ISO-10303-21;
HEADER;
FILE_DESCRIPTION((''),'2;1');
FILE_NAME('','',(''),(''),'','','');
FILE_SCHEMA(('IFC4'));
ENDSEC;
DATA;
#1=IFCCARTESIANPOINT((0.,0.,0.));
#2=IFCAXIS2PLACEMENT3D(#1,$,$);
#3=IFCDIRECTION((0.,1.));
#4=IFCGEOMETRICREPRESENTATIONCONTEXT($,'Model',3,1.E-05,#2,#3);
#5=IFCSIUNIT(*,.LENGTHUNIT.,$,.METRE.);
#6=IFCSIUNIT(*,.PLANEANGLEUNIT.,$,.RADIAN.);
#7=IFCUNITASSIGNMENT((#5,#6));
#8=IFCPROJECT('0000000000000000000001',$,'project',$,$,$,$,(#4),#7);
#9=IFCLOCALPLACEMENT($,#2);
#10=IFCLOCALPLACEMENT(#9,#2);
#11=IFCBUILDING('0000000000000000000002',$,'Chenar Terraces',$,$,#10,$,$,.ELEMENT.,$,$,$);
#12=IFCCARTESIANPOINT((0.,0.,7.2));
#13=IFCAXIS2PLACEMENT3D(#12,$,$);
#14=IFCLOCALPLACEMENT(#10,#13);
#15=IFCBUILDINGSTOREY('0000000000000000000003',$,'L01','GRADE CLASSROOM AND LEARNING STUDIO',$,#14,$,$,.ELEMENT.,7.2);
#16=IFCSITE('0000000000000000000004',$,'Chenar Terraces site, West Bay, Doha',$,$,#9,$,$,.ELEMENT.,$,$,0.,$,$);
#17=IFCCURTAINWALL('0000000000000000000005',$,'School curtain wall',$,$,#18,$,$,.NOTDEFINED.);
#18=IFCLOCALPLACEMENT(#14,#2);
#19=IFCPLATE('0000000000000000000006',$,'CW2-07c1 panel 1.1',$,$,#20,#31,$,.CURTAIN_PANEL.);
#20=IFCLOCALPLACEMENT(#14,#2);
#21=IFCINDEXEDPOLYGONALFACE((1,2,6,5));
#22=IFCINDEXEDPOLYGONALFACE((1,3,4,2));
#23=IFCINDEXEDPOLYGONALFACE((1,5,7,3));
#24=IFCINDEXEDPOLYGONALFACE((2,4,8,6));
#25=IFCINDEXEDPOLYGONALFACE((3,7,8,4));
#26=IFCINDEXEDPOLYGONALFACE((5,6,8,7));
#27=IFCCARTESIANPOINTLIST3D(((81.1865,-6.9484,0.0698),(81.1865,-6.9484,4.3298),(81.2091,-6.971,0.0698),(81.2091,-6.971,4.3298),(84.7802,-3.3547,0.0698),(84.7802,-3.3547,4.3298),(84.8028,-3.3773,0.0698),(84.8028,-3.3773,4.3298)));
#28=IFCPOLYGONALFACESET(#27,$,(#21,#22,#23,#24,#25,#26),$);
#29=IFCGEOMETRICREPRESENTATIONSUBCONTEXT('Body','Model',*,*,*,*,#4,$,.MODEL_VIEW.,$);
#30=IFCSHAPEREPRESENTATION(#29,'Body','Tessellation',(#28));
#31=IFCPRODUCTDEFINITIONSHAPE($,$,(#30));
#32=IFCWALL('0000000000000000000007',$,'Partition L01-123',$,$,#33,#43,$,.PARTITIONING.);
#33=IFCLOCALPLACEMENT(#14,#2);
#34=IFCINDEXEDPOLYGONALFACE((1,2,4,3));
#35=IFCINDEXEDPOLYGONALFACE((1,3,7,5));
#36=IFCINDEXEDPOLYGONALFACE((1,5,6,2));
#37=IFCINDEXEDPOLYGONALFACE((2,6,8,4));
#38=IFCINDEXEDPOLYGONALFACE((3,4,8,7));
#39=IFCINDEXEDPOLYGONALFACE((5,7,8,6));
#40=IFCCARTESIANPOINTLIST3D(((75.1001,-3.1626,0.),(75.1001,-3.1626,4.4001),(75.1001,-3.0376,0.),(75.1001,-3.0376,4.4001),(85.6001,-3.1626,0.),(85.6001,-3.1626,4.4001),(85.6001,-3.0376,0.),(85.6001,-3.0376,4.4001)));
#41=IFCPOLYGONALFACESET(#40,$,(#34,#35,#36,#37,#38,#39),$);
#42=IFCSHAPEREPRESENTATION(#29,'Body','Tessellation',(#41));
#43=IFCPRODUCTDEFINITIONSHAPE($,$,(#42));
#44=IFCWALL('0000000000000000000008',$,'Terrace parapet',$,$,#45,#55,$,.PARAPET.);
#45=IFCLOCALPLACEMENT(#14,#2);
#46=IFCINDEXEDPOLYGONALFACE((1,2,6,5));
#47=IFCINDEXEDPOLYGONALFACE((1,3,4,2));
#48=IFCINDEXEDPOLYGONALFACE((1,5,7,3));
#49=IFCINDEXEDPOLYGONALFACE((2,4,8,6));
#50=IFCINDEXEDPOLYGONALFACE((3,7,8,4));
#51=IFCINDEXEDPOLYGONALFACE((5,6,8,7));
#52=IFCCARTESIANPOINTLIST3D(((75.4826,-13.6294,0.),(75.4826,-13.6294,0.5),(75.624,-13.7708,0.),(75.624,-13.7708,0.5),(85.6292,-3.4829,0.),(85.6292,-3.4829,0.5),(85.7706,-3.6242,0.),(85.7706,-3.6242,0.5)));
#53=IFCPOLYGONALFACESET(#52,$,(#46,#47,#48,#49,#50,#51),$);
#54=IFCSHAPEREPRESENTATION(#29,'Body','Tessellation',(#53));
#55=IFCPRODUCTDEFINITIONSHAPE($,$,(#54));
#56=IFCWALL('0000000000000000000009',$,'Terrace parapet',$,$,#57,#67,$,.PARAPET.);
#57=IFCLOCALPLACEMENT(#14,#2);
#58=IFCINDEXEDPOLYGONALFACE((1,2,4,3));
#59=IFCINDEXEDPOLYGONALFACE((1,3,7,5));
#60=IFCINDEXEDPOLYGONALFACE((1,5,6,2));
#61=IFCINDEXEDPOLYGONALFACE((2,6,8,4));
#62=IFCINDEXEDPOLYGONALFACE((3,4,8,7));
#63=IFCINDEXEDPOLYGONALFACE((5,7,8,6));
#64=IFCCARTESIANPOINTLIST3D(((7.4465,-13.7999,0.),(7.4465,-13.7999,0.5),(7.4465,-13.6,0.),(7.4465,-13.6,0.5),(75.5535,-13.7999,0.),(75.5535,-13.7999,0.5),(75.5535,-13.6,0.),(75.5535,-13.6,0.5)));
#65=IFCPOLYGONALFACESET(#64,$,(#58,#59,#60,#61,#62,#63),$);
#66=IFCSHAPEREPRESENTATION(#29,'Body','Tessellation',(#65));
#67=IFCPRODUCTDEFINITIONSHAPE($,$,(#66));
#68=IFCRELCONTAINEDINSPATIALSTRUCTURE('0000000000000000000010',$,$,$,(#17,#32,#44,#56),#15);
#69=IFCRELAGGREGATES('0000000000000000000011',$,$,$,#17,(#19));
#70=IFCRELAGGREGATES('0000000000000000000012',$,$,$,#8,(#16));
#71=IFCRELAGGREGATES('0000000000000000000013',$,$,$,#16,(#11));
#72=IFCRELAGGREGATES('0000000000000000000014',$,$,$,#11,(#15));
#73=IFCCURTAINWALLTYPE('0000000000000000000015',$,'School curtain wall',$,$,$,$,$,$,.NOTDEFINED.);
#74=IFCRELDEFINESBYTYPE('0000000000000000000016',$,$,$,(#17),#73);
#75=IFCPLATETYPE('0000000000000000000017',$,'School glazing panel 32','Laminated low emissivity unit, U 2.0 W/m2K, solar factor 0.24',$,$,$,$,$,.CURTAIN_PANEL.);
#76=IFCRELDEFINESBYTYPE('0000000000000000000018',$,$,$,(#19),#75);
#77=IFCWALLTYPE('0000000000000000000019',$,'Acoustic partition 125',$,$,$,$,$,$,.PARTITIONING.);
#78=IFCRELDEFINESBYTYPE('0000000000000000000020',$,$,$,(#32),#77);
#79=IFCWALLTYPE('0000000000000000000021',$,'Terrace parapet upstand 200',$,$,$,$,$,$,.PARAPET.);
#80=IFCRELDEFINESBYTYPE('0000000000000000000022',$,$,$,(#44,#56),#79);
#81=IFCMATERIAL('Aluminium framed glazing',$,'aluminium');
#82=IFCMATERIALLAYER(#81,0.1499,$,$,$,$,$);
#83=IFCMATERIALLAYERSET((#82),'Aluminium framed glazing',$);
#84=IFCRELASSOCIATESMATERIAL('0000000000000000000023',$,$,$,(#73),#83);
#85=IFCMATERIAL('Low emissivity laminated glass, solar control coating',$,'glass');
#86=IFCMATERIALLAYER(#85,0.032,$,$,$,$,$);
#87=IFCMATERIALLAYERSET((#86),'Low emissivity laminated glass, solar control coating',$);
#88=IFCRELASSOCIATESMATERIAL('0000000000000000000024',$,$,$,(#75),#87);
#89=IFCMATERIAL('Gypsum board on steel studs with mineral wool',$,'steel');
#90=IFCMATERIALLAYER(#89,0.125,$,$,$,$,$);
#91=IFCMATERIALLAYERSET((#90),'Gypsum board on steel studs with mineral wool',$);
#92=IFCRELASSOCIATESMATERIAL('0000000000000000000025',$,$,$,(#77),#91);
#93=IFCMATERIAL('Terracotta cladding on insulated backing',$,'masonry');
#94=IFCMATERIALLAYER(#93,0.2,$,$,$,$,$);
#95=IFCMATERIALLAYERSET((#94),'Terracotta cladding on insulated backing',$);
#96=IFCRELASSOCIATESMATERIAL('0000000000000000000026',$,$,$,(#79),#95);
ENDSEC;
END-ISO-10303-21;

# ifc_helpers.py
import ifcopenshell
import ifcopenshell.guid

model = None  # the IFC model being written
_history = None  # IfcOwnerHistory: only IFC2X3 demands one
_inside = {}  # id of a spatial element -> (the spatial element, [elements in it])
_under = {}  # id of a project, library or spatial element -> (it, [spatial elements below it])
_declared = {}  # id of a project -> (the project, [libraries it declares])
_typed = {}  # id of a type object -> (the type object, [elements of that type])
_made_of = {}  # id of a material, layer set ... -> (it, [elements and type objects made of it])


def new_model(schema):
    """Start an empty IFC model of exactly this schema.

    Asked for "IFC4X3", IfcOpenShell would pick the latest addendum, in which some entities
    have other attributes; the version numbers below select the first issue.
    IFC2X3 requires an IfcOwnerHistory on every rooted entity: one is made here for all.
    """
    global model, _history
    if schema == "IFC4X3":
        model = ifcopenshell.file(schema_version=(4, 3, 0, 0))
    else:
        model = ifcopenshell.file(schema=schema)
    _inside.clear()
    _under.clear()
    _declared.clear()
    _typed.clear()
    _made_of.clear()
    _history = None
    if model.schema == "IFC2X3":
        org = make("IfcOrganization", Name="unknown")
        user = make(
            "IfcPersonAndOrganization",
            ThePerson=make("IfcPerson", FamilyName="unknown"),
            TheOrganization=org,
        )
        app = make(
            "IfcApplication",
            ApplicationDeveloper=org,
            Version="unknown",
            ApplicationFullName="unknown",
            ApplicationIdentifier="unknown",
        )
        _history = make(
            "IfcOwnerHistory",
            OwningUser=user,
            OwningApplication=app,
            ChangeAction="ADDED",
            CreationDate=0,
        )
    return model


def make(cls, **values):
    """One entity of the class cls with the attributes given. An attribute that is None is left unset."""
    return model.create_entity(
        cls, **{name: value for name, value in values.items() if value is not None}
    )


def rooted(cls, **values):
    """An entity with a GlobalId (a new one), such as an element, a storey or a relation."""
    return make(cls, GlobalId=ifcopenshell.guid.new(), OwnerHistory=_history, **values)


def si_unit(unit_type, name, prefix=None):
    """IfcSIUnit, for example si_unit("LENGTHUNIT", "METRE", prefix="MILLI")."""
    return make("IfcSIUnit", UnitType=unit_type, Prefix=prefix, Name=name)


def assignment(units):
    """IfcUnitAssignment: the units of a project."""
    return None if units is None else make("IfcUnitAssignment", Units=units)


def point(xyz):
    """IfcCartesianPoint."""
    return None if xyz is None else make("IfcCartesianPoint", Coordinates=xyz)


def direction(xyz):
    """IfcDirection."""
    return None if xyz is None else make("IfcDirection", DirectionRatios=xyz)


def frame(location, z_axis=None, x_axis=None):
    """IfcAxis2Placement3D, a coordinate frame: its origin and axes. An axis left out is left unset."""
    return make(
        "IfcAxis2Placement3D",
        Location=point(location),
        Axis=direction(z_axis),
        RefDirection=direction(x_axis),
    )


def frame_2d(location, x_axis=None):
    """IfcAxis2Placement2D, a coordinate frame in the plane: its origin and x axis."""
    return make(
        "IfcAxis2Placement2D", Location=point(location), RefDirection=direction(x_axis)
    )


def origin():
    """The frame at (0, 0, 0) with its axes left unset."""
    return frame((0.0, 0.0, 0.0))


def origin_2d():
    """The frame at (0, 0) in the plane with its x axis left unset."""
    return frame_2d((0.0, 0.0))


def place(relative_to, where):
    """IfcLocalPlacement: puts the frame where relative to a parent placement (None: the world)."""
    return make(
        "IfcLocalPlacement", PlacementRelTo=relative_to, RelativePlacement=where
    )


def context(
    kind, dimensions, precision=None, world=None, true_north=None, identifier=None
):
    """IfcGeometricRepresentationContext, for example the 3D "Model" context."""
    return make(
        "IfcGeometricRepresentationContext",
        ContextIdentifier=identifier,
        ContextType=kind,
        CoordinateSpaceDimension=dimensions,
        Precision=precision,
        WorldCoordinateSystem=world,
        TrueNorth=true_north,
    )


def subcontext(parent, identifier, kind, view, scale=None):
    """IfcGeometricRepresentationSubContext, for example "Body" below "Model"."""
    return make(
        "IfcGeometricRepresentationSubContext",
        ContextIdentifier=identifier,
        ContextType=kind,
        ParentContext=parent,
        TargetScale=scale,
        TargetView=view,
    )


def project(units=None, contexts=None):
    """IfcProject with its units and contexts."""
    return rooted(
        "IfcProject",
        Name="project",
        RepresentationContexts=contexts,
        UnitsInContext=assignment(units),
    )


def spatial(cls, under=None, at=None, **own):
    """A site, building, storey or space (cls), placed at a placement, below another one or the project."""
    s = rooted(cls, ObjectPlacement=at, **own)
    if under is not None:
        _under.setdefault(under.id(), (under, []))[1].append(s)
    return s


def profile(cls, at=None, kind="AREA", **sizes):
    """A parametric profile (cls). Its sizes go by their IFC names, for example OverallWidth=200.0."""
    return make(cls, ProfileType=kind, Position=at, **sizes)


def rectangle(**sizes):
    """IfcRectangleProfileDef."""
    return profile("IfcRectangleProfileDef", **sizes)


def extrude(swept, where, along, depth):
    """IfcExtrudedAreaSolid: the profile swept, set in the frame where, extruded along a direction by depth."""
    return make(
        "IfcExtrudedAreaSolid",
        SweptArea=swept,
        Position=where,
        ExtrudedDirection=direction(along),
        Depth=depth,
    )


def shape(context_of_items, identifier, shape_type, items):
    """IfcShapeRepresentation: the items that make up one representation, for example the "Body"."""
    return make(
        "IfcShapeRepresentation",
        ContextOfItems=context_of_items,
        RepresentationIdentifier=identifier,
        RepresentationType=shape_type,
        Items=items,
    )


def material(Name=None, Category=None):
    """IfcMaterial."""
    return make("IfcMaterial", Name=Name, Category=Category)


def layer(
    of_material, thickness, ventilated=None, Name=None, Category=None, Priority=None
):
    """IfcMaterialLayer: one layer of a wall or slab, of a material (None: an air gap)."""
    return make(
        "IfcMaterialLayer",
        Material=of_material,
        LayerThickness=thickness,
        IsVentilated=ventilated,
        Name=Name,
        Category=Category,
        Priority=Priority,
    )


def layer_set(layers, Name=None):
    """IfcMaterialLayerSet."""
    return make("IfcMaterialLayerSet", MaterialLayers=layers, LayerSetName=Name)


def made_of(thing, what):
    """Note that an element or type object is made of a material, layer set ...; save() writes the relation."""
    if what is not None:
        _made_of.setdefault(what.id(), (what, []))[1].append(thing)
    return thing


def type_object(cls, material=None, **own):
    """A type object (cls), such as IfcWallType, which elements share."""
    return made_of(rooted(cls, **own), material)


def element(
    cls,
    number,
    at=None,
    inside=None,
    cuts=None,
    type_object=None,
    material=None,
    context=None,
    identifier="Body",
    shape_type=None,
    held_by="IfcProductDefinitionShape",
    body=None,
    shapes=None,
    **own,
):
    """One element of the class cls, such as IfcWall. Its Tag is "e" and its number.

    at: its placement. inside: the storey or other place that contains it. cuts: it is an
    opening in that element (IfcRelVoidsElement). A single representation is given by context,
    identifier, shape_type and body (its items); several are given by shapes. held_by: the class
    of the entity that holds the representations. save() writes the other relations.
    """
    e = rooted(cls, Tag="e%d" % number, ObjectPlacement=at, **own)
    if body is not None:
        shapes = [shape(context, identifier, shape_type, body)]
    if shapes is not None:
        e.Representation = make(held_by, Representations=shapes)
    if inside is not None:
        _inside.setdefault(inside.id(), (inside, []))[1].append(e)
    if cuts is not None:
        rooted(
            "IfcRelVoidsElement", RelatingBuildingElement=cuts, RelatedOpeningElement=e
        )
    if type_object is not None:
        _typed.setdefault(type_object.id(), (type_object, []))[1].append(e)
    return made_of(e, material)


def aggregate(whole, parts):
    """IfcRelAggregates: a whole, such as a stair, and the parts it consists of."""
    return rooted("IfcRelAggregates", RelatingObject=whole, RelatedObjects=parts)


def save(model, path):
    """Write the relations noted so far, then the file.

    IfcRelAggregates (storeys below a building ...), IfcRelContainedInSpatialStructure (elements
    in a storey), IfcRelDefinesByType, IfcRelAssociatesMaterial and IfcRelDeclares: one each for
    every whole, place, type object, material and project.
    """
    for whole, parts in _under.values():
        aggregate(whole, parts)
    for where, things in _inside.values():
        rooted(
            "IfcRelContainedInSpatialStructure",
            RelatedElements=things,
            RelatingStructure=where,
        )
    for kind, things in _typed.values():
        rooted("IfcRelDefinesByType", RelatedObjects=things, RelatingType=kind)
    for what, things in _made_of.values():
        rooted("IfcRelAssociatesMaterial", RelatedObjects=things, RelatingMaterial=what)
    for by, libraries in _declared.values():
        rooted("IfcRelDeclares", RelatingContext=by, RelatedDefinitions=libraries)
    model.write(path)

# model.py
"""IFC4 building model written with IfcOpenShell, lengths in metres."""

from ifc_helpers import new_model, si_unit, direction, frame, frame_2d, origin, origin_2d, place, context, subcontext, project, spatial, rectangle, extrude, material, layer, layer_set, type_object, element, aggregate, save


model = new_model("IFC4")

# Units and contexts
model_context = context("Model", 3, precision=1e-05, world=origin(), true_north=direction((0.0, 1.0)))
body_context = subcontext(model_context, "Body", "Model", "MODEL_VIEW")
ifc_project = project(units=[si_unit("LENGTHUNIT", "METRE"), si_unit("PLANEANGLEUNIT", "RADIAN")], contexts=[model_context])

# Site, building, storey
site_placement = place(None, origin())
site = spatial("IfcSite", under=ifc_project, at=site_placement, Name="Chenar Terraces site, West Bay, Doha", CompositionType="ELEMENT", RefElevation=0.0)
building_placement = place(site_placement, origin())
building = spatial("IfcBuilding", under=site, at=building_placement, Name="Chenar Terraces", CompositionType="ELEMENT")
storey_placement = place(building_placement, frame((0.0, 0.0, 7.2)))
storey = spatial("IfcBuildingStorey", under=building, at=storey_placement, Name="L01", Description="GRADE CLASSROOM AND LEARNING STUDIO", CompositionType="ELEMENT", Elevation=7.2)

# Shared definitions
ifc_material_1 = material(Name="Aluminium framed glazing", Category="aluminium")
ifc_layer_1 = layer(ifc_material_1, 0.1499)
ifc_layer_set_1 = layer_set([ifc_layer_1], Name="Aluminium framed glazing")
curtain_wall_type = type_object("IfcCurtainWallType", Name="School curtain wall", PredefinedType="NOTDEFINED", material=ifc_layer_set_1)
placement = place(storey_placement, origin())

# Curtain wall
curtain_wall_1 = element("IfcCurtainWall", 1, at=placement, inside=storey, type_object=curtain_wall_type, Name="School curtain wall", PredefinedType="NOTDEFINED")

# Plate
ifc_material_2 = material(Name="Low emissivity laminated glass, solar control coating", Category="glass")
ifc_layer_2 = layer(ifc_material_2, 0.032)
ifc_layer_set_2 = layer_set([ifc_layer_2], Name="Low emissivity laminated glass, solar control coating")
plate_type = type_object("IfcPlateType", Name="School glazing panel 32", Description="Laminated low emissivity unit, U 2.0 W/m2K, solar factor 0.24", PredefinedType="CURTAIN_PANEL", material=ifc_layer_set_2)
plate_1_placement = place(storey_placement, frame((82.9946, -5.1628, 0.0698), z_axis=(0.0, 0.0, 1.0), x_axis=(0.707107, 0.707107, 0.0)))
plate_1 = element("IfcPlate", 2, at=plate_1_placement, type_object=plate_type, Name="CW2-07c1 panel 1.1", PredefinedType="CURTAIN_PANEL", context=body_context, shape_type="SweptSolid", body=[
    extrude(rectangle(XDim=5.0823, YDim=0.032, at=origin_2d()), origin(), (0.0, 0.0, 1.0), 4.26),
])
aggregate(curtain_wall_1, [plate_1])

# Wall
ifc_material_3 = material(Name="Gypsum board on steel studs with mineral wool", Category="steel")
ifc_layer_3 = layer(ifc_material_3, 0.125)
ifc_layer_set_3 = layer_set([ifc_layer_3], Name="Gypsum board on steel studs with mineral wool")
wall_type_1 = type_object("IfcWallType", Name="Acoustic partition 125", PredefinedType="PARTITIONING", material=ifc_layer_set_3)
wall_1_placement = place(storey_placement, frame((75.1001, -3.1001, 0.0), z_axis=(0.0, 0.0, 1.0), x_axis=(1.0, 0.0, 0.0)))
element("IfcWall", 3, at=wall_1_placement, inside=storey, type_object=wall_type_1, Name="Partition L01-123", PredefinedType="PARTITIONING", context=body_context, shape_type="SweptSolid", body=[
    extrude(rectangle(XDim=10.5, YDim=0.125, at=frame_2d((5.25, 0.0))), origin(), (0.0, 0.0, 1.0), 4.4001),
])

# Walls
ifc_material_4 = material(Name="Terracotta cladding on insulated backing", Category="masonry")
ifc_layer_4 = layer(ifc_material_4, 0.2)
ifc_layer_set_4 = layer_set([ifc_layer_4], Name="Terracotta cladding on insulated backing")
wall_type_2 = type_object("IfcWallType", Name="Terrace parapet upstand 200", PredefinedType="PARAPET", material=ifc_layer_set_4)
wall_2_placement = place(storey_placement, frame((85.7, -3.5535, 0.0), z_axis=(0.0, 0.0, 1.0), x_axis=(-0.707107, -0.707107, 0.0)))
element("IfcWall", 4, at=wall_2_placement, inside=storey, type_object=wall_type_2, Name="Terrace parapet", PredefinedType="PARAPET", context=body_context, shape_type="SweptSolid", body=[
    extrude(rectangle(XDim=14.3494, YDim=0.2, at=frame_2d((7.1748, 0.0))), origin(), (0.0, 0.0, 1.0), 0.5),
])
wall_3_placement = place(storey_placement, frame((75.5535, -13.7, 0.0), z_axis=(0.0, 0.0, 1.0), x_axis=(-1.0, 0.0, 0.0)))
element("IfcWall", 5, at=wall_3_placement, inside=storey, type_object=wall_type_2, Name="Terrace parapet", PredefinedType="PARAPET", context=body_context, shape_type="SweptSolid", body=[
    extrude(rectangle(XDim=68.1069, YDim=0.2, at=frame_2d((34.0535, 0.0))), origin(), (0.0, 0.0, 1.0), 0.5),
])

save(model, "model.ifc")
